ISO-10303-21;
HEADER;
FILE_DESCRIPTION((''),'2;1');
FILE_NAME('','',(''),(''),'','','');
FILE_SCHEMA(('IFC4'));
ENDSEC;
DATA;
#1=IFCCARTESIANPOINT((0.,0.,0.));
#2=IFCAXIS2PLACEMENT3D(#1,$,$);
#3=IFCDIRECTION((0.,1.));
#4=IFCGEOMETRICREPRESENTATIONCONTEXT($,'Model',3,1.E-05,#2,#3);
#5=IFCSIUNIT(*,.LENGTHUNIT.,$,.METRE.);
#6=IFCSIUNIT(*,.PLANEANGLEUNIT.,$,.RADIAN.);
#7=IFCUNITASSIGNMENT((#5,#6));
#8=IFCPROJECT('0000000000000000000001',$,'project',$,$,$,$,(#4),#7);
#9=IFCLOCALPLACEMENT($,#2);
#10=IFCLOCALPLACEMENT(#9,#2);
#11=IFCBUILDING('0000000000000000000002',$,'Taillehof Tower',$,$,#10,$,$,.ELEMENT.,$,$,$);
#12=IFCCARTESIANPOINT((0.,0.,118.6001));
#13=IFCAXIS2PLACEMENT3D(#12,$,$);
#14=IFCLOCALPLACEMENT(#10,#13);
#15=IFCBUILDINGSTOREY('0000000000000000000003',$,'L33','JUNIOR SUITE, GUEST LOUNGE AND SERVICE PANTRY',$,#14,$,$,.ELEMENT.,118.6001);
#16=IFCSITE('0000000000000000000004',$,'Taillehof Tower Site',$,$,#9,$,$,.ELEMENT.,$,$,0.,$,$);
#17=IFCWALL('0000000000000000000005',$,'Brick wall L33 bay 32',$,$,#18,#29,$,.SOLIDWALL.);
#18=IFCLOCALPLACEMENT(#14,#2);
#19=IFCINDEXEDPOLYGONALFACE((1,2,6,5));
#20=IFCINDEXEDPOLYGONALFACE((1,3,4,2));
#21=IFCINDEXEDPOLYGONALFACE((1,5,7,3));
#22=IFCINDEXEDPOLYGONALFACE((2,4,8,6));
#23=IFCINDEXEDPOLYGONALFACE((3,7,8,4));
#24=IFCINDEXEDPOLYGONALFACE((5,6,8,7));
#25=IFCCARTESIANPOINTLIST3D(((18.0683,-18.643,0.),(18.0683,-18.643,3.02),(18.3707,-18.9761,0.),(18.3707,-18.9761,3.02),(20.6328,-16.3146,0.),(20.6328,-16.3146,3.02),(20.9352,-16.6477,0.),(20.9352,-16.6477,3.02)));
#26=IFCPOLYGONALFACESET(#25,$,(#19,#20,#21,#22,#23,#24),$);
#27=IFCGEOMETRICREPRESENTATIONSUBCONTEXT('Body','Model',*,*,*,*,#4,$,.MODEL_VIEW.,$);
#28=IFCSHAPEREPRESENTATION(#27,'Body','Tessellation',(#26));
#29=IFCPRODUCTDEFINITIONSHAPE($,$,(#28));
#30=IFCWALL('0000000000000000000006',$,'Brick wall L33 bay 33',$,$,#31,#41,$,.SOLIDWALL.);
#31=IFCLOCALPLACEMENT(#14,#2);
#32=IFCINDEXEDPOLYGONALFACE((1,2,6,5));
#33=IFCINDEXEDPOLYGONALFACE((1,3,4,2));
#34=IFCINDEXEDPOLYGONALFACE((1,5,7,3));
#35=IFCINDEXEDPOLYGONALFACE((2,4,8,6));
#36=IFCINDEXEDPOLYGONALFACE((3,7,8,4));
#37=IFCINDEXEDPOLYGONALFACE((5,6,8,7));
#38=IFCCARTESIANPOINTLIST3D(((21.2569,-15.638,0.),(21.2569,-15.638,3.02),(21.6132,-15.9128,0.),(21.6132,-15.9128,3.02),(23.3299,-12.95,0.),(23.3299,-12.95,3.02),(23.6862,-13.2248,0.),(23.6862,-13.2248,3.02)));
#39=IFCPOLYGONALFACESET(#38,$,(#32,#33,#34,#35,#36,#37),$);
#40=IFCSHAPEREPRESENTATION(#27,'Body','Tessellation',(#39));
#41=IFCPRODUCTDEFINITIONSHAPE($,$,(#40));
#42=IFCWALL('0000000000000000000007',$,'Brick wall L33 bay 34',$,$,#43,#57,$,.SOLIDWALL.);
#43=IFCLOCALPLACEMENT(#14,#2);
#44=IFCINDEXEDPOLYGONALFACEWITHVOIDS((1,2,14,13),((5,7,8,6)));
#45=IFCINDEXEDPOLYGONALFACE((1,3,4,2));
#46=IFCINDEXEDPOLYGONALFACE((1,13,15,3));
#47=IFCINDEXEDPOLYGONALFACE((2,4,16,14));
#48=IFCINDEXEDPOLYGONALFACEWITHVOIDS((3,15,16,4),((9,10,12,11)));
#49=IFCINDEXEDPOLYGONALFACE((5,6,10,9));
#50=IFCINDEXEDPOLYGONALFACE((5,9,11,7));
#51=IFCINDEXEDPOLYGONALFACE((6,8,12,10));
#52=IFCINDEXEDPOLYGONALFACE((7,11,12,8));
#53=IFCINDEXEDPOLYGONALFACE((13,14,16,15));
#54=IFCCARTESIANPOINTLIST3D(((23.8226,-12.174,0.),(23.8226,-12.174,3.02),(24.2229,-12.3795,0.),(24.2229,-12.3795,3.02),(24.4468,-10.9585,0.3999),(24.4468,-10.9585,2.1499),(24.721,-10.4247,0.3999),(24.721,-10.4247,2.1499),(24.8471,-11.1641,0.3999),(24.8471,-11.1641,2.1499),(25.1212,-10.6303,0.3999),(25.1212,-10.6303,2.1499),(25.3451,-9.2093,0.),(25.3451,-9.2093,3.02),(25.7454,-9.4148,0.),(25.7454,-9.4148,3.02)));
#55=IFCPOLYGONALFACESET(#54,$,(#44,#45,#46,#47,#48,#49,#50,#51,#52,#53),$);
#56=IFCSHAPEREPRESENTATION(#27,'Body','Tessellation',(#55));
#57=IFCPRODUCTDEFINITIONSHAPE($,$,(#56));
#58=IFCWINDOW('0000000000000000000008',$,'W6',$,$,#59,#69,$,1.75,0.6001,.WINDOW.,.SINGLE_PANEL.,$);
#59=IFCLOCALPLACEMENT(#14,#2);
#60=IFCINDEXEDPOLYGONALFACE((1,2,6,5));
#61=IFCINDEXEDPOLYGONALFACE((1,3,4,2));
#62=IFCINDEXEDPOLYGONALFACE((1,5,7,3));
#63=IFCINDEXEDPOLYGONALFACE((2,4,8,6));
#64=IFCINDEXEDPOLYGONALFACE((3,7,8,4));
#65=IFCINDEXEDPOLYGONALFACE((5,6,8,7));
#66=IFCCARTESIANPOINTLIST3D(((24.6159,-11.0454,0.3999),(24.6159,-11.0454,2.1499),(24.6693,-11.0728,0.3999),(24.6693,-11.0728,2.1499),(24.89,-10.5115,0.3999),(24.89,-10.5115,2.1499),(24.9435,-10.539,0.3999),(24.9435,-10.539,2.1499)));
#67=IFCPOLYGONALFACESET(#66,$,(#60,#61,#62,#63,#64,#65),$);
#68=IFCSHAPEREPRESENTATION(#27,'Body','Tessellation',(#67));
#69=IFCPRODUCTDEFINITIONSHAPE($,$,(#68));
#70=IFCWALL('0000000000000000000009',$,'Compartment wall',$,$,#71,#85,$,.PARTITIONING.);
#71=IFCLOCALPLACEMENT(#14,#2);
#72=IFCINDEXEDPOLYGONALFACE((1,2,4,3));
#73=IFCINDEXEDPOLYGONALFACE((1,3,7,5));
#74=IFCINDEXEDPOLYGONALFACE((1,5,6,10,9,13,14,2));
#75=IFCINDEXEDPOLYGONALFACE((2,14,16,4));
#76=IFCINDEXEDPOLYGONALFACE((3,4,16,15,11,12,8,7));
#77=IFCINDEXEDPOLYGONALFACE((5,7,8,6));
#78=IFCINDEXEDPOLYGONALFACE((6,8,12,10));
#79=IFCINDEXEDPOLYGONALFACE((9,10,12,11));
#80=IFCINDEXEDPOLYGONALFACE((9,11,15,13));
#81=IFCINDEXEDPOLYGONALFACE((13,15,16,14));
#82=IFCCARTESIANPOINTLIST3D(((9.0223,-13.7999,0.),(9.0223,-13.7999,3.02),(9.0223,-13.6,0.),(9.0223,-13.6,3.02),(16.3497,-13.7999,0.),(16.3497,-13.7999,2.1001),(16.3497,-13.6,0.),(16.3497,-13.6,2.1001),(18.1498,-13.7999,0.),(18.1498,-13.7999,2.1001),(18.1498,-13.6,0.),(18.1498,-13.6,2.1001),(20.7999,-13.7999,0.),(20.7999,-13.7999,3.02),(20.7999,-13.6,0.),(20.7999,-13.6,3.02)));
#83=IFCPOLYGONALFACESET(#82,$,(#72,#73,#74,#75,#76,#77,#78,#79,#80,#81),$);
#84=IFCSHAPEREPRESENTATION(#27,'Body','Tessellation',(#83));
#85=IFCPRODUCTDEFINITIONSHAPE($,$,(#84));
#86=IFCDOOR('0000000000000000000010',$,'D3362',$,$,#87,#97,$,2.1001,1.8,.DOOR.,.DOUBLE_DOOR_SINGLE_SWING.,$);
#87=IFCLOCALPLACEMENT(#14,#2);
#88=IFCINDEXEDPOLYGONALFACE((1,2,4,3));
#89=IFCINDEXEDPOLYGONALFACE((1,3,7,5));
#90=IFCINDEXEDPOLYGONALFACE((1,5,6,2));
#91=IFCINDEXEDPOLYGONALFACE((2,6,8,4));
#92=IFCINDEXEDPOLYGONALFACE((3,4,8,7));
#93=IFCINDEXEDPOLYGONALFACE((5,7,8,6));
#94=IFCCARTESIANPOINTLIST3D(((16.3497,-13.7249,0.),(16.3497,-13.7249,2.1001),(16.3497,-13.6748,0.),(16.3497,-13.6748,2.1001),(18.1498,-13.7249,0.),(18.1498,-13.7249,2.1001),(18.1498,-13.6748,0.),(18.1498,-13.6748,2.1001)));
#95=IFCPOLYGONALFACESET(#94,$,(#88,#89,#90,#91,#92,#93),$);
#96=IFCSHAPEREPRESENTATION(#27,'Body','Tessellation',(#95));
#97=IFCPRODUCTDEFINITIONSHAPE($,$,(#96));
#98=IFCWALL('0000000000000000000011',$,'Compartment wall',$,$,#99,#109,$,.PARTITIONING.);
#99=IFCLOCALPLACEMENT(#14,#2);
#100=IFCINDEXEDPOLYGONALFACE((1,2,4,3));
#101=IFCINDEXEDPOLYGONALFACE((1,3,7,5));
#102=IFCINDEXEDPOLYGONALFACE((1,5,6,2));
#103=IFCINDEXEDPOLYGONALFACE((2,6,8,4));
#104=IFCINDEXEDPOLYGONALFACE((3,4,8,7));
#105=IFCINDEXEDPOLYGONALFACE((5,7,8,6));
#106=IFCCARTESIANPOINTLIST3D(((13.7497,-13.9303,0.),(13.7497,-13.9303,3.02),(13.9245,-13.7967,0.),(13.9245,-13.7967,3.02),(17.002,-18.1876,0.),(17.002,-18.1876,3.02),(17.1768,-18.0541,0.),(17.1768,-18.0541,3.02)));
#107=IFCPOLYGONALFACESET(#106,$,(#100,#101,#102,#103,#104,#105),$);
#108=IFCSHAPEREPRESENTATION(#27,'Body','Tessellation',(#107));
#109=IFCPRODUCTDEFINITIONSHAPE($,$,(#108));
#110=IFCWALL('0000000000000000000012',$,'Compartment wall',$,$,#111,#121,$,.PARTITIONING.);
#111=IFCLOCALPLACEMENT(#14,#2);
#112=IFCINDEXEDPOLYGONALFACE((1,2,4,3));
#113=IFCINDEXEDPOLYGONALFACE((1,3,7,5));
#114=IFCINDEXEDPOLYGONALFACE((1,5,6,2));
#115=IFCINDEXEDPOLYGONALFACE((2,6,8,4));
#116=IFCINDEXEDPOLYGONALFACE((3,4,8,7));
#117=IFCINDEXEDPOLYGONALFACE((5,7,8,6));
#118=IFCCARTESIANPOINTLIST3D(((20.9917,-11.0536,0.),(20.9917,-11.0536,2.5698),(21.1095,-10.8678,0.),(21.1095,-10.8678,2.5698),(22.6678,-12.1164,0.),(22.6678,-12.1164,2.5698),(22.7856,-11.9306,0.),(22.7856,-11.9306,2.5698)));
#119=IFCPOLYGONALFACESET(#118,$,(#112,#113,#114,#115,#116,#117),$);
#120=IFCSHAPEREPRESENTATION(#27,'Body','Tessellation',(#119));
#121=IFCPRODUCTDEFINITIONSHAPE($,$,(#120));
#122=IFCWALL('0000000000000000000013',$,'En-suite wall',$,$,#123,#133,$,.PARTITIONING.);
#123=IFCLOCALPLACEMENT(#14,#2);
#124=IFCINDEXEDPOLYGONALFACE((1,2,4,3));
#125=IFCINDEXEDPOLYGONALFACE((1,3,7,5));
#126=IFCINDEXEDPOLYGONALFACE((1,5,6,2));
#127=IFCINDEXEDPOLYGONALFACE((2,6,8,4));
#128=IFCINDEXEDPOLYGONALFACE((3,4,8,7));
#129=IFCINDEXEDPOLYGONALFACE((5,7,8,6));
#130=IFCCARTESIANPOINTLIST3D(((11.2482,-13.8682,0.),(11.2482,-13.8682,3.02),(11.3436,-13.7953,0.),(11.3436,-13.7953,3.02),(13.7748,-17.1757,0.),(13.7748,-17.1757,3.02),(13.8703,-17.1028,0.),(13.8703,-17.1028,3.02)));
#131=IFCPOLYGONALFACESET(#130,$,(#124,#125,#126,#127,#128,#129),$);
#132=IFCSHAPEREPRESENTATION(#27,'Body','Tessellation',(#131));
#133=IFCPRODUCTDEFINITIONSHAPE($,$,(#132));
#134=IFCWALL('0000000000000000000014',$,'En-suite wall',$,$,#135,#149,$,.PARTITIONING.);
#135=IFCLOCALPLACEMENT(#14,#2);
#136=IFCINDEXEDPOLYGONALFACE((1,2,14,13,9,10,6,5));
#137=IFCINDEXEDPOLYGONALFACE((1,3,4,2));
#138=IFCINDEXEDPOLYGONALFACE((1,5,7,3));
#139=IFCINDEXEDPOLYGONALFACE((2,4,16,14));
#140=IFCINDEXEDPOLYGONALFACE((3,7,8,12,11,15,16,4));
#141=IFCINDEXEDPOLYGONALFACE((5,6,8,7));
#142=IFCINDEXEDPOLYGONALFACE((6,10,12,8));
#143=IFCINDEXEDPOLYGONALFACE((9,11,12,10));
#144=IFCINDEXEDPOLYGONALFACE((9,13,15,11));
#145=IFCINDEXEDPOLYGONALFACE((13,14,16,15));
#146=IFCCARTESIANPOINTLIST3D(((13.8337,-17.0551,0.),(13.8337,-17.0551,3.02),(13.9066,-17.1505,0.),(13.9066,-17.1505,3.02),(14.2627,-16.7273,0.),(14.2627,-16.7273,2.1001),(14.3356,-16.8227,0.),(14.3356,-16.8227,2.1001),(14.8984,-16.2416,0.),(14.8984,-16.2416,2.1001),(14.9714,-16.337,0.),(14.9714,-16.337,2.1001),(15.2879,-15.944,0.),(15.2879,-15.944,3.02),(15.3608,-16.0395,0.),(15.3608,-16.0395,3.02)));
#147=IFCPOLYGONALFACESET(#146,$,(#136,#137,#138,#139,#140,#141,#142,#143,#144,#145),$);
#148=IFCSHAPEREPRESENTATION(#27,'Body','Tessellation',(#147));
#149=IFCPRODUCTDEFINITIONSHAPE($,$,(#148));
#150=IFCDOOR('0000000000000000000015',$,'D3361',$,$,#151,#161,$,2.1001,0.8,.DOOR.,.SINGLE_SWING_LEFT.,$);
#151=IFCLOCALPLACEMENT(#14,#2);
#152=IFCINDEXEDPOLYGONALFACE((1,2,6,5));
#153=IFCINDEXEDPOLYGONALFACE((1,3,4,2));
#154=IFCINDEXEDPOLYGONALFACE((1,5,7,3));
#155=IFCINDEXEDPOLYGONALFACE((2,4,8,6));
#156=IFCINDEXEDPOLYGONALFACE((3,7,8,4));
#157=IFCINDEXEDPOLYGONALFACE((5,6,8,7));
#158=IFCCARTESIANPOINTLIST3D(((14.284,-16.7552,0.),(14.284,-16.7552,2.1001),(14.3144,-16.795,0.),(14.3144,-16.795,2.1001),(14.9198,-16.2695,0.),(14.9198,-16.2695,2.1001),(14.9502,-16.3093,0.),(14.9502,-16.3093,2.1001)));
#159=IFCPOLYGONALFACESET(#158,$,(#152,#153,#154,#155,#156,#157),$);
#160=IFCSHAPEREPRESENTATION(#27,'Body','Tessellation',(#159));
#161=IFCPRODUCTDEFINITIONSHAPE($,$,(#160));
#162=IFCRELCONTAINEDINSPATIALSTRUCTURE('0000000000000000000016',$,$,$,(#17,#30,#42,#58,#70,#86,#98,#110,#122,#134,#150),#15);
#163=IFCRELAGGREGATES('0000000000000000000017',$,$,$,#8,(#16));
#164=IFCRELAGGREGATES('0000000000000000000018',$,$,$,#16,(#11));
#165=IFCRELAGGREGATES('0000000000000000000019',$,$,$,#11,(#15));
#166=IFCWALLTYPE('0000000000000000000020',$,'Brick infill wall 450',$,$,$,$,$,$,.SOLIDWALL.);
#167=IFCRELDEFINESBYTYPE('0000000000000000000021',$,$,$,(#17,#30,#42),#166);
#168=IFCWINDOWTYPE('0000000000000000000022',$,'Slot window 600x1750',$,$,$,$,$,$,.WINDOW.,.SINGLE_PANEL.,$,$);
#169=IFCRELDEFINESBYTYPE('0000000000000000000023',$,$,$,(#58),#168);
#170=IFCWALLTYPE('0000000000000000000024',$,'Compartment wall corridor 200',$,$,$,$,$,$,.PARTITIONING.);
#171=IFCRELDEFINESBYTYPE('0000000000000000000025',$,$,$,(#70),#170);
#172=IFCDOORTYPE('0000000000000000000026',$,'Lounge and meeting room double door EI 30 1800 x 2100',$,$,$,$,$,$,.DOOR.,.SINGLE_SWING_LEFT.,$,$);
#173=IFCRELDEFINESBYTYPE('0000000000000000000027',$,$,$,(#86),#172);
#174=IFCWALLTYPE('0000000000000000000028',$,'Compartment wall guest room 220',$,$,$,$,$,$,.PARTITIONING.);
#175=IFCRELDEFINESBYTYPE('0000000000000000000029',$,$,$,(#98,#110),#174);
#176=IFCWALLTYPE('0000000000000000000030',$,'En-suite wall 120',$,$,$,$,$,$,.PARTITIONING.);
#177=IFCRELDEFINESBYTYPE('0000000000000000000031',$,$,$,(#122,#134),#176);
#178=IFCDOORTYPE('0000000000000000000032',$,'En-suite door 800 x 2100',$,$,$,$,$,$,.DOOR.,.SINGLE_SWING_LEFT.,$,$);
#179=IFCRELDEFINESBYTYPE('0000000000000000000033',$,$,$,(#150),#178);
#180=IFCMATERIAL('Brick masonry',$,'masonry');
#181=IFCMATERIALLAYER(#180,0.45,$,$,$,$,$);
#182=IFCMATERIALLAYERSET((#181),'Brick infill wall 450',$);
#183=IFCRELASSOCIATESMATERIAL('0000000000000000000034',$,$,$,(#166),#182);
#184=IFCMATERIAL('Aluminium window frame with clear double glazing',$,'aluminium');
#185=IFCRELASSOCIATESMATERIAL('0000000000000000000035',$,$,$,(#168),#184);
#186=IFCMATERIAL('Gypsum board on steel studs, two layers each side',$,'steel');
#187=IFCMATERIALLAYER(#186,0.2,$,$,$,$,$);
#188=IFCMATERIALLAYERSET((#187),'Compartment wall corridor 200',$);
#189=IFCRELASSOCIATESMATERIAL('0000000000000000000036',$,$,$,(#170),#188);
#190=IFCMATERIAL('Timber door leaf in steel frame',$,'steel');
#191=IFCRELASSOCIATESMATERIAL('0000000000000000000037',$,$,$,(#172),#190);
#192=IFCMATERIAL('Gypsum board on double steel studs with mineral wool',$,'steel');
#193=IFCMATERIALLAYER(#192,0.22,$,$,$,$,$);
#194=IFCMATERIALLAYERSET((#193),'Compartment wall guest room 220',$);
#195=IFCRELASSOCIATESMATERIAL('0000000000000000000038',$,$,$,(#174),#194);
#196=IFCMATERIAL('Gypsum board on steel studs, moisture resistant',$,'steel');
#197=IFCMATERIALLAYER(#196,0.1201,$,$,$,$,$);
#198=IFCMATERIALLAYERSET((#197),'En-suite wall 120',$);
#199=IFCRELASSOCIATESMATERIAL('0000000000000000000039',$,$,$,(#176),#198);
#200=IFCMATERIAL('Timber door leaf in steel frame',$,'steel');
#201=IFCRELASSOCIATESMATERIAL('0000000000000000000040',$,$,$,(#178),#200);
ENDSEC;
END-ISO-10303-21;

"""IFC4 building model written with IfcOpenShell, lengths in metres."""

from ifc_helpers import new_model, si_unit, direction, frame, frame_2d, origin, place, context, subcontext, project, spatial, rectangle, extrude, material, layer, layer_set, type_object, element, fill, save


model = new_model("IFC4")

# Units and contexts
model_context = context("Model", 3, precision=1e-05, world=origin(), true_north=direction((0.0, 1.0)))
body_context = subcontext(model_context, "Body", "Model", "MODEL_VIEW")
ifc_project = project(units=[si_unit("LENGTHUNIT", "METRE"), si_unit("PLANEANGLEUNIT", "RADIAN")], contexts=[model_context])

# Site, building, storey
site_placement = place(None, origin())
site = spatial("IfcSite", under=ifc_project, at=site_placement, Name="Taillehof Tower Site", CompositionType="ELEMENT", RefElevation=0.0)
building_placement = place(site_placement, origin())
building = spatial("IfcBuilding", under=site, at=building_placement, Name="Taillehof Tower", CompositionType="ELEMENT")
storey_placement = place(building_placement, frame((0.0, 0.0, 118.6001)))
storey = spatial("IfcBuildingStorey", under=building, at=storey_placement, Name="L33", Description="JUNIOR SUITE, GUEST LOUNGE AND SERVICE PANTRY", CompositionType="ELEMENT", Elevation=118.6001)

# Shared definitions
ifc_material_1 = material(Name="Brick masonry", Category="masonry")
ifc_layer_1 = layer(ifc_material_1, 0.45)
ifc_layer_set_1 = layer_set([ifc_layer_1], Name="Brick infill wall 450")
wall_type_1 = type_object("IfcWallType", Name="Brick infill wall 450", PredefinedType="SOLIDWALL", material=ifc_layer_set_1)

# Walls
wall_1_placement = place(storey_placement, frame((18.2195, -18.8096, 0.0), z_axis=(0.0, 0.0, 1.0), x_axis=(0.740364, 0.672206, 0.0)))
element("IfcWall", 1, at=wall_1_placement, inside=storey, type_object=wall_type_1, Name="Brick wall L33 bay 32", PredefinedType="SOLIDWALL", context=body_context, shape_type="SweptSolid", body=[
    extrude(rectangle(XDim=3.4639, YDim=0.45, at=frame_2d((1.7319, 0.0))), origin(), (0.0, 0.0, 1.0), 3.02),
])
wall_2_placement = place(storey_placement, frame((21.4351, -15.7754, 0.0), z_axis=(0.0, 0.0, 1.0), x_axis=(0.610694, 0.791867, 0.0)))
element("IfcWall", 2, at=wall_2_placement, inside=storey, type_object=wall_type_1, Name="Brick wall L33 bay 33", PredefinedType="SOLIDWALL", context=body_context, shape_type="SweptSolid", body=[
    extrude(rectangle(XDim=3.3945, YDim=0.45, at=frame_2d((1.6973, 0.0))), origin(), (0.0, 0.0, 1.0), 3.02),
])

# Wall, opening, window
wall_3_placement = place(storey_placement, frame((24.0227, -12.2769, 0.0), z_axis=(0.0, 0.0, 1.0), x_axis=(0.456828, 0.889555, 0.0)))
wall_3 = element("IfcWall", 3, at=wall_3_placement, inside=storey, type_object=wall_type_1, Name="Brick wall L33 bay 34", PredefinedType="SOLIDWALL", context=body_context, shape_type="SweptSolid", body=[
    extrude(rectangle(XDim=3.3328, YDim=0.45, at=frame_2d((1.6665, 0.0))), origin(), (0.0, 0.0, 1.0), 3.02),
])
opening_1_placement = place(wall_3_placement, frame((1.3665, 0.0, 0.3999)))
opening_1 = element("IfcOpeningElement", 4, at=opening_1_placement, cuts=wall_3, PredefinedType="OPENING", context=body_context, shape_type="SweptSolid", body=[
    extrude(rectangle(XDim=0.6001, YDim=1.75, at=frame_2d((0.3, 0.875))), frame((0.0, 0.2349, 0.0), z_axis=(0.0, -1.0, 0.0), x_axis=(1.0, 0.0, 0.0)), (0.0, 0.0, 1.0), 0.47),
])
ifc_material_2 = material(Name="Aluminium window frame with clear double glazing", Category="aluminium")
window_type_1 = type_object("IfcWindowType", Name="Slot window 600x1750", PartitioningType="SINGLE_PANEL", PredefinedType="WINDOW", material=ifc_material_2)
window_1_placement = place(opening_1_placement, origin())
window_1 = element("IfcWindow", 5, at=window_1_placement, inside=storey, type_object=window_type_1, Name="W6", OverallHeight=1.75, OverallWidth=0.6001, PartitioningType="SINGLE_PANEL", PredefinedType="WINDOW", context=body_context, shape_type="SweptSolid", body=[
    extrude(rectangle(XDim=0.6001, YDim=1.75, at=frame_2d((0.3, 0.875))), frame((0.0, 0.0349, 0.0), z_axis=(0.0, -1.0, 0.0), x_axis=(1.0, 0.0, 0.0)), (0.0, 0.0, 1.0), 0.0601),
])
fill(opening_1, window_1)

# Wall, opening, door
ifc_material_3 = material(Name="Gypsum board on steel studs, two layers each side", Category="steel")
ifc_layer_2 = layer(ifc_material_3, 0.2)
ifc_layer_set_2 = layer_set([ifc_layer_2], Name="Compartment wall corridor 200")
wall_type_2 = type_object("IfcWallType", Name="Compartment wall corridor 200", PredefinedType="PARTITIONING", material=ifc_layer_set_2)
wall_4_placement = place(storey_placement, frame((20.7998, -13.7, 0.0), z_axis=(0.0, 0.0, 1.0), x_axis=(-1.0, 0.0, 0.0)))
wall_4 = element("IfcWall", 6, at=wall_4_placement, inside=storey, type_object=wall_type_2, Name="Compartment wall", PredefinedType="PARTITIONING", context=body_context, shape_type="SweptSolid", body=[
    extrude(rectangle(XDim=11.7776, YDim=0.2, at=frame_2d((5.8887, 0.0))), origin(), (0.0, 0.0, 1.0), 3.02),
])
opening_2_placement = place(wall_4_placement, frame((2.6501, 0.0, 0.0)))
opening_2 = element("IfcOpeningElement", 7, at=opening_2_placement, cuts=wall_4, PredefinedType="OPENING", context=body_context, shape_type="SweptSolid", body=[
    extrude(rectangle(XDim=1.8, YDim=2.1001, at=frame_2d((0.8999, 1.05))), frame((0.0, 0.1099, 0.0), z_axis=(0.0, -1.0, 0.0), x_axis=(1.0, 0.0, 0.0)), (0.0, 0.0, 1.0), 0.22),
])
ifc_material_4 = material(Name="Timber door leaf in steel frame", Category="steel")
door_type_1 = type_object("IfcDoorType", Name="Lounge and meeting room double door EI 30 1800 x 2100", OperationType="SINGLE_SWING_LEFT", PredefinedType="DOOR", material=ifc_material_4)
door_1_placement = place(opening_2_placement, origin())
door_1 = element("IfcDoor", 8, at=door_1_placement, inside=storey, type_object=door_type_1, Name="D3362", OperationType="DOUBLE_DOOR_SINGLE_SWING", OverallHeight=2.1001, OverallWidth=1.8, PredefinedType="DOOR", context=body_context, shape_type="SweptSolid", body=[
    extrude(rectangle(XDim=1.8, YDim=2.1001, at=frame_2d((0.8999, 1.05))), frame((0.0, 0.0249, 0.0), z_axis=(0.0, -1.0, 0.0), x_axis=(1.0, 0.0, 0.0)), (0.0, 0.0, 1.0), 0.05),
])
fill(opening_2, door_1)

# Walls
ifc_material_5 = material(Name="Gypsum board on double steel studs with mineral wool", Category="steel")
ifc_layer_3 = layer(ifc_material_5, 0.22)
ifc_layer_set_3 = layer_set([ifc_layer_3], Name="Compartment wall guest room 220")
wall_type_3 = type_object("IfcWallType", Name="Compartment wall guest room 220", PredefinedType="PARTITIONING", material=ifc_layer_set_3)
wall_5_placement = place(storey_placement, frame((17.0894, -18.1208, 0.0), z_axis=(0.0, 0.0, 1.0), x_axis=(-0.607049, 0.794664, 0.0)))
element("IfcWall", 9, at=wall_5_placement, inside=storey, type_object=wall_type_3, Name="Compartment wall", PredefinedType="PARTITIONING", context=body_context, shape_type="SweptSolid", body=[
    extrude(rectangle(XDim=5.3574, YDim=0.22, at=frame_2d((2.6787, 0.0))), origin(), (0.0, 0.0, 1.0), 3.02),
])
wall_6_placement = place(storey_placement, frame((22.7266, -12.0234, 0.0), z_axis=(0.0, 0.0, 1.0), x_axis=(-0.844532, 0.535506, 0.0)))
element("IfcWall", 10, at=wall_6_placement, inside=storey, type_object=wall_type_3, Name="Compartment wall", PredefinedType="PARTITIONING", context=body_context, shape_type="SweptSolid", body=[
    extrude(rectangle(XDim=1.9846, YDim=0.22, at=frame_2d((0.9922, 0.0))), origin(), (0.0, 0.0, 1.0), 2.5698),
])
ifc_material_6 = material(Name="Gypsum board on steel studs, moisture resistant", Category="steel")
ifc_layer_4 = layer(ifc_material_6, 0.1201)
ifc_layer_set_4 = layer_set([ifc_layer_4], Name="En-suite wall 120")
wall_type_4 = type_object("IfcWallType", Name="En-suite wall 120", PredefinedType="PARTITIONING", material=ifc_layer_set_4)
wall_7_placement = place(storey_placement, frame((11.2959, -13.8318, 0.0), z_axis=(0.0, 0.0, 1.0), x_axis=(0.607062, -0.794654, 0.0)))
element("IfcWall", 11, at=wall_7_placement, inside=storey, type_object=wall_type_4, Name="En-suite wall", PredefinedType="PARTITIONING", context=body_context, shape_type="SweptSolid", body=[
    extrude(rectangle(XDim=4.1621, YDim=0.1201, at=frame_2d((2.0811, 0.0))), origin(), (0.0, 0.0, 1.0), 3.02),
])

# Wall, opening, door
wall_8_placement = place(storey_placement, frame((13.8701, -17.1028, 0.0), z_axis=(0.0, 0.0, 1.0), x_axis=(0.794638, 0.607084, 0.0)))
wall_8 = element("IfcWall", 12, at=wall_8_placement, inside=storey, type_object=wall_type_4, Name="En-suite wall", PredefinedType="PARTITIONING", context=body_context, shape_type="SweptSolid", body=[
    extrude(rectangle(XDim=1.8301, YDim=0.1201, at=frame_2d((0.915, 0.0))), origin(), (0.0, 0.0, 1.0), 3.02),
])
opening_3_placement = place(wall_8_placement, frame((0.54, 0.0, 0.0)))
opening_3 = element("IfcOpeningElement", 13, at=opening_3_placement, cuts=wall_8, PredefinedType="OPENING", context=body_context, shape_type="SweptSolid", body=[
    extrude(rectangle(XDim=0.8, YDim=2.1001, at=frame_2d((0.3999, 1.05))), frame((0.0, 0.0701, 0.0), z_axis=(0.0, -1.0, 0.0), x_axis=(1.0, 0.0, 0.0)), (0.0, 0.0, 1.0), 0.1401),
])
ifc_material_7 = material(Name="Timber door leaf in steel frame", Category="steel")
door_type_2 = type_object("IfcDoorType", Name="En-suite door 800 x 2100", OperationType="SINGLE_SWING_LEFT", PredefinedType="DOOR", material=ifc_material_7)
door_2_placement = place(opening_3_placement, origin())
door_2 = element("IfcDoor", 14, at=door_2_placement, inside=storey, type_object=door_type_2, Name="D3361", OperationType="SINGLE_SWING_LEFT", OverallHeight=2.1001, OverallWidth=0.8, PredefinedType="DOOR", context=body_context, shape_type="SweptSolid", body=[
    extrude(rectangle(XDim=0.8, YDim=2.1001, at=frame_2d((0.3999, 1.05))), frame((0.0, 0.0249, 0.0), z_axis=(0.0, -1.0, 0.0), x_axis=(1.0, 0.0, 0.0)), (0.0, 0.0, 1.0), 0.05),
])
fill(opening_3, door_2)

save(model, "model.ifc")
